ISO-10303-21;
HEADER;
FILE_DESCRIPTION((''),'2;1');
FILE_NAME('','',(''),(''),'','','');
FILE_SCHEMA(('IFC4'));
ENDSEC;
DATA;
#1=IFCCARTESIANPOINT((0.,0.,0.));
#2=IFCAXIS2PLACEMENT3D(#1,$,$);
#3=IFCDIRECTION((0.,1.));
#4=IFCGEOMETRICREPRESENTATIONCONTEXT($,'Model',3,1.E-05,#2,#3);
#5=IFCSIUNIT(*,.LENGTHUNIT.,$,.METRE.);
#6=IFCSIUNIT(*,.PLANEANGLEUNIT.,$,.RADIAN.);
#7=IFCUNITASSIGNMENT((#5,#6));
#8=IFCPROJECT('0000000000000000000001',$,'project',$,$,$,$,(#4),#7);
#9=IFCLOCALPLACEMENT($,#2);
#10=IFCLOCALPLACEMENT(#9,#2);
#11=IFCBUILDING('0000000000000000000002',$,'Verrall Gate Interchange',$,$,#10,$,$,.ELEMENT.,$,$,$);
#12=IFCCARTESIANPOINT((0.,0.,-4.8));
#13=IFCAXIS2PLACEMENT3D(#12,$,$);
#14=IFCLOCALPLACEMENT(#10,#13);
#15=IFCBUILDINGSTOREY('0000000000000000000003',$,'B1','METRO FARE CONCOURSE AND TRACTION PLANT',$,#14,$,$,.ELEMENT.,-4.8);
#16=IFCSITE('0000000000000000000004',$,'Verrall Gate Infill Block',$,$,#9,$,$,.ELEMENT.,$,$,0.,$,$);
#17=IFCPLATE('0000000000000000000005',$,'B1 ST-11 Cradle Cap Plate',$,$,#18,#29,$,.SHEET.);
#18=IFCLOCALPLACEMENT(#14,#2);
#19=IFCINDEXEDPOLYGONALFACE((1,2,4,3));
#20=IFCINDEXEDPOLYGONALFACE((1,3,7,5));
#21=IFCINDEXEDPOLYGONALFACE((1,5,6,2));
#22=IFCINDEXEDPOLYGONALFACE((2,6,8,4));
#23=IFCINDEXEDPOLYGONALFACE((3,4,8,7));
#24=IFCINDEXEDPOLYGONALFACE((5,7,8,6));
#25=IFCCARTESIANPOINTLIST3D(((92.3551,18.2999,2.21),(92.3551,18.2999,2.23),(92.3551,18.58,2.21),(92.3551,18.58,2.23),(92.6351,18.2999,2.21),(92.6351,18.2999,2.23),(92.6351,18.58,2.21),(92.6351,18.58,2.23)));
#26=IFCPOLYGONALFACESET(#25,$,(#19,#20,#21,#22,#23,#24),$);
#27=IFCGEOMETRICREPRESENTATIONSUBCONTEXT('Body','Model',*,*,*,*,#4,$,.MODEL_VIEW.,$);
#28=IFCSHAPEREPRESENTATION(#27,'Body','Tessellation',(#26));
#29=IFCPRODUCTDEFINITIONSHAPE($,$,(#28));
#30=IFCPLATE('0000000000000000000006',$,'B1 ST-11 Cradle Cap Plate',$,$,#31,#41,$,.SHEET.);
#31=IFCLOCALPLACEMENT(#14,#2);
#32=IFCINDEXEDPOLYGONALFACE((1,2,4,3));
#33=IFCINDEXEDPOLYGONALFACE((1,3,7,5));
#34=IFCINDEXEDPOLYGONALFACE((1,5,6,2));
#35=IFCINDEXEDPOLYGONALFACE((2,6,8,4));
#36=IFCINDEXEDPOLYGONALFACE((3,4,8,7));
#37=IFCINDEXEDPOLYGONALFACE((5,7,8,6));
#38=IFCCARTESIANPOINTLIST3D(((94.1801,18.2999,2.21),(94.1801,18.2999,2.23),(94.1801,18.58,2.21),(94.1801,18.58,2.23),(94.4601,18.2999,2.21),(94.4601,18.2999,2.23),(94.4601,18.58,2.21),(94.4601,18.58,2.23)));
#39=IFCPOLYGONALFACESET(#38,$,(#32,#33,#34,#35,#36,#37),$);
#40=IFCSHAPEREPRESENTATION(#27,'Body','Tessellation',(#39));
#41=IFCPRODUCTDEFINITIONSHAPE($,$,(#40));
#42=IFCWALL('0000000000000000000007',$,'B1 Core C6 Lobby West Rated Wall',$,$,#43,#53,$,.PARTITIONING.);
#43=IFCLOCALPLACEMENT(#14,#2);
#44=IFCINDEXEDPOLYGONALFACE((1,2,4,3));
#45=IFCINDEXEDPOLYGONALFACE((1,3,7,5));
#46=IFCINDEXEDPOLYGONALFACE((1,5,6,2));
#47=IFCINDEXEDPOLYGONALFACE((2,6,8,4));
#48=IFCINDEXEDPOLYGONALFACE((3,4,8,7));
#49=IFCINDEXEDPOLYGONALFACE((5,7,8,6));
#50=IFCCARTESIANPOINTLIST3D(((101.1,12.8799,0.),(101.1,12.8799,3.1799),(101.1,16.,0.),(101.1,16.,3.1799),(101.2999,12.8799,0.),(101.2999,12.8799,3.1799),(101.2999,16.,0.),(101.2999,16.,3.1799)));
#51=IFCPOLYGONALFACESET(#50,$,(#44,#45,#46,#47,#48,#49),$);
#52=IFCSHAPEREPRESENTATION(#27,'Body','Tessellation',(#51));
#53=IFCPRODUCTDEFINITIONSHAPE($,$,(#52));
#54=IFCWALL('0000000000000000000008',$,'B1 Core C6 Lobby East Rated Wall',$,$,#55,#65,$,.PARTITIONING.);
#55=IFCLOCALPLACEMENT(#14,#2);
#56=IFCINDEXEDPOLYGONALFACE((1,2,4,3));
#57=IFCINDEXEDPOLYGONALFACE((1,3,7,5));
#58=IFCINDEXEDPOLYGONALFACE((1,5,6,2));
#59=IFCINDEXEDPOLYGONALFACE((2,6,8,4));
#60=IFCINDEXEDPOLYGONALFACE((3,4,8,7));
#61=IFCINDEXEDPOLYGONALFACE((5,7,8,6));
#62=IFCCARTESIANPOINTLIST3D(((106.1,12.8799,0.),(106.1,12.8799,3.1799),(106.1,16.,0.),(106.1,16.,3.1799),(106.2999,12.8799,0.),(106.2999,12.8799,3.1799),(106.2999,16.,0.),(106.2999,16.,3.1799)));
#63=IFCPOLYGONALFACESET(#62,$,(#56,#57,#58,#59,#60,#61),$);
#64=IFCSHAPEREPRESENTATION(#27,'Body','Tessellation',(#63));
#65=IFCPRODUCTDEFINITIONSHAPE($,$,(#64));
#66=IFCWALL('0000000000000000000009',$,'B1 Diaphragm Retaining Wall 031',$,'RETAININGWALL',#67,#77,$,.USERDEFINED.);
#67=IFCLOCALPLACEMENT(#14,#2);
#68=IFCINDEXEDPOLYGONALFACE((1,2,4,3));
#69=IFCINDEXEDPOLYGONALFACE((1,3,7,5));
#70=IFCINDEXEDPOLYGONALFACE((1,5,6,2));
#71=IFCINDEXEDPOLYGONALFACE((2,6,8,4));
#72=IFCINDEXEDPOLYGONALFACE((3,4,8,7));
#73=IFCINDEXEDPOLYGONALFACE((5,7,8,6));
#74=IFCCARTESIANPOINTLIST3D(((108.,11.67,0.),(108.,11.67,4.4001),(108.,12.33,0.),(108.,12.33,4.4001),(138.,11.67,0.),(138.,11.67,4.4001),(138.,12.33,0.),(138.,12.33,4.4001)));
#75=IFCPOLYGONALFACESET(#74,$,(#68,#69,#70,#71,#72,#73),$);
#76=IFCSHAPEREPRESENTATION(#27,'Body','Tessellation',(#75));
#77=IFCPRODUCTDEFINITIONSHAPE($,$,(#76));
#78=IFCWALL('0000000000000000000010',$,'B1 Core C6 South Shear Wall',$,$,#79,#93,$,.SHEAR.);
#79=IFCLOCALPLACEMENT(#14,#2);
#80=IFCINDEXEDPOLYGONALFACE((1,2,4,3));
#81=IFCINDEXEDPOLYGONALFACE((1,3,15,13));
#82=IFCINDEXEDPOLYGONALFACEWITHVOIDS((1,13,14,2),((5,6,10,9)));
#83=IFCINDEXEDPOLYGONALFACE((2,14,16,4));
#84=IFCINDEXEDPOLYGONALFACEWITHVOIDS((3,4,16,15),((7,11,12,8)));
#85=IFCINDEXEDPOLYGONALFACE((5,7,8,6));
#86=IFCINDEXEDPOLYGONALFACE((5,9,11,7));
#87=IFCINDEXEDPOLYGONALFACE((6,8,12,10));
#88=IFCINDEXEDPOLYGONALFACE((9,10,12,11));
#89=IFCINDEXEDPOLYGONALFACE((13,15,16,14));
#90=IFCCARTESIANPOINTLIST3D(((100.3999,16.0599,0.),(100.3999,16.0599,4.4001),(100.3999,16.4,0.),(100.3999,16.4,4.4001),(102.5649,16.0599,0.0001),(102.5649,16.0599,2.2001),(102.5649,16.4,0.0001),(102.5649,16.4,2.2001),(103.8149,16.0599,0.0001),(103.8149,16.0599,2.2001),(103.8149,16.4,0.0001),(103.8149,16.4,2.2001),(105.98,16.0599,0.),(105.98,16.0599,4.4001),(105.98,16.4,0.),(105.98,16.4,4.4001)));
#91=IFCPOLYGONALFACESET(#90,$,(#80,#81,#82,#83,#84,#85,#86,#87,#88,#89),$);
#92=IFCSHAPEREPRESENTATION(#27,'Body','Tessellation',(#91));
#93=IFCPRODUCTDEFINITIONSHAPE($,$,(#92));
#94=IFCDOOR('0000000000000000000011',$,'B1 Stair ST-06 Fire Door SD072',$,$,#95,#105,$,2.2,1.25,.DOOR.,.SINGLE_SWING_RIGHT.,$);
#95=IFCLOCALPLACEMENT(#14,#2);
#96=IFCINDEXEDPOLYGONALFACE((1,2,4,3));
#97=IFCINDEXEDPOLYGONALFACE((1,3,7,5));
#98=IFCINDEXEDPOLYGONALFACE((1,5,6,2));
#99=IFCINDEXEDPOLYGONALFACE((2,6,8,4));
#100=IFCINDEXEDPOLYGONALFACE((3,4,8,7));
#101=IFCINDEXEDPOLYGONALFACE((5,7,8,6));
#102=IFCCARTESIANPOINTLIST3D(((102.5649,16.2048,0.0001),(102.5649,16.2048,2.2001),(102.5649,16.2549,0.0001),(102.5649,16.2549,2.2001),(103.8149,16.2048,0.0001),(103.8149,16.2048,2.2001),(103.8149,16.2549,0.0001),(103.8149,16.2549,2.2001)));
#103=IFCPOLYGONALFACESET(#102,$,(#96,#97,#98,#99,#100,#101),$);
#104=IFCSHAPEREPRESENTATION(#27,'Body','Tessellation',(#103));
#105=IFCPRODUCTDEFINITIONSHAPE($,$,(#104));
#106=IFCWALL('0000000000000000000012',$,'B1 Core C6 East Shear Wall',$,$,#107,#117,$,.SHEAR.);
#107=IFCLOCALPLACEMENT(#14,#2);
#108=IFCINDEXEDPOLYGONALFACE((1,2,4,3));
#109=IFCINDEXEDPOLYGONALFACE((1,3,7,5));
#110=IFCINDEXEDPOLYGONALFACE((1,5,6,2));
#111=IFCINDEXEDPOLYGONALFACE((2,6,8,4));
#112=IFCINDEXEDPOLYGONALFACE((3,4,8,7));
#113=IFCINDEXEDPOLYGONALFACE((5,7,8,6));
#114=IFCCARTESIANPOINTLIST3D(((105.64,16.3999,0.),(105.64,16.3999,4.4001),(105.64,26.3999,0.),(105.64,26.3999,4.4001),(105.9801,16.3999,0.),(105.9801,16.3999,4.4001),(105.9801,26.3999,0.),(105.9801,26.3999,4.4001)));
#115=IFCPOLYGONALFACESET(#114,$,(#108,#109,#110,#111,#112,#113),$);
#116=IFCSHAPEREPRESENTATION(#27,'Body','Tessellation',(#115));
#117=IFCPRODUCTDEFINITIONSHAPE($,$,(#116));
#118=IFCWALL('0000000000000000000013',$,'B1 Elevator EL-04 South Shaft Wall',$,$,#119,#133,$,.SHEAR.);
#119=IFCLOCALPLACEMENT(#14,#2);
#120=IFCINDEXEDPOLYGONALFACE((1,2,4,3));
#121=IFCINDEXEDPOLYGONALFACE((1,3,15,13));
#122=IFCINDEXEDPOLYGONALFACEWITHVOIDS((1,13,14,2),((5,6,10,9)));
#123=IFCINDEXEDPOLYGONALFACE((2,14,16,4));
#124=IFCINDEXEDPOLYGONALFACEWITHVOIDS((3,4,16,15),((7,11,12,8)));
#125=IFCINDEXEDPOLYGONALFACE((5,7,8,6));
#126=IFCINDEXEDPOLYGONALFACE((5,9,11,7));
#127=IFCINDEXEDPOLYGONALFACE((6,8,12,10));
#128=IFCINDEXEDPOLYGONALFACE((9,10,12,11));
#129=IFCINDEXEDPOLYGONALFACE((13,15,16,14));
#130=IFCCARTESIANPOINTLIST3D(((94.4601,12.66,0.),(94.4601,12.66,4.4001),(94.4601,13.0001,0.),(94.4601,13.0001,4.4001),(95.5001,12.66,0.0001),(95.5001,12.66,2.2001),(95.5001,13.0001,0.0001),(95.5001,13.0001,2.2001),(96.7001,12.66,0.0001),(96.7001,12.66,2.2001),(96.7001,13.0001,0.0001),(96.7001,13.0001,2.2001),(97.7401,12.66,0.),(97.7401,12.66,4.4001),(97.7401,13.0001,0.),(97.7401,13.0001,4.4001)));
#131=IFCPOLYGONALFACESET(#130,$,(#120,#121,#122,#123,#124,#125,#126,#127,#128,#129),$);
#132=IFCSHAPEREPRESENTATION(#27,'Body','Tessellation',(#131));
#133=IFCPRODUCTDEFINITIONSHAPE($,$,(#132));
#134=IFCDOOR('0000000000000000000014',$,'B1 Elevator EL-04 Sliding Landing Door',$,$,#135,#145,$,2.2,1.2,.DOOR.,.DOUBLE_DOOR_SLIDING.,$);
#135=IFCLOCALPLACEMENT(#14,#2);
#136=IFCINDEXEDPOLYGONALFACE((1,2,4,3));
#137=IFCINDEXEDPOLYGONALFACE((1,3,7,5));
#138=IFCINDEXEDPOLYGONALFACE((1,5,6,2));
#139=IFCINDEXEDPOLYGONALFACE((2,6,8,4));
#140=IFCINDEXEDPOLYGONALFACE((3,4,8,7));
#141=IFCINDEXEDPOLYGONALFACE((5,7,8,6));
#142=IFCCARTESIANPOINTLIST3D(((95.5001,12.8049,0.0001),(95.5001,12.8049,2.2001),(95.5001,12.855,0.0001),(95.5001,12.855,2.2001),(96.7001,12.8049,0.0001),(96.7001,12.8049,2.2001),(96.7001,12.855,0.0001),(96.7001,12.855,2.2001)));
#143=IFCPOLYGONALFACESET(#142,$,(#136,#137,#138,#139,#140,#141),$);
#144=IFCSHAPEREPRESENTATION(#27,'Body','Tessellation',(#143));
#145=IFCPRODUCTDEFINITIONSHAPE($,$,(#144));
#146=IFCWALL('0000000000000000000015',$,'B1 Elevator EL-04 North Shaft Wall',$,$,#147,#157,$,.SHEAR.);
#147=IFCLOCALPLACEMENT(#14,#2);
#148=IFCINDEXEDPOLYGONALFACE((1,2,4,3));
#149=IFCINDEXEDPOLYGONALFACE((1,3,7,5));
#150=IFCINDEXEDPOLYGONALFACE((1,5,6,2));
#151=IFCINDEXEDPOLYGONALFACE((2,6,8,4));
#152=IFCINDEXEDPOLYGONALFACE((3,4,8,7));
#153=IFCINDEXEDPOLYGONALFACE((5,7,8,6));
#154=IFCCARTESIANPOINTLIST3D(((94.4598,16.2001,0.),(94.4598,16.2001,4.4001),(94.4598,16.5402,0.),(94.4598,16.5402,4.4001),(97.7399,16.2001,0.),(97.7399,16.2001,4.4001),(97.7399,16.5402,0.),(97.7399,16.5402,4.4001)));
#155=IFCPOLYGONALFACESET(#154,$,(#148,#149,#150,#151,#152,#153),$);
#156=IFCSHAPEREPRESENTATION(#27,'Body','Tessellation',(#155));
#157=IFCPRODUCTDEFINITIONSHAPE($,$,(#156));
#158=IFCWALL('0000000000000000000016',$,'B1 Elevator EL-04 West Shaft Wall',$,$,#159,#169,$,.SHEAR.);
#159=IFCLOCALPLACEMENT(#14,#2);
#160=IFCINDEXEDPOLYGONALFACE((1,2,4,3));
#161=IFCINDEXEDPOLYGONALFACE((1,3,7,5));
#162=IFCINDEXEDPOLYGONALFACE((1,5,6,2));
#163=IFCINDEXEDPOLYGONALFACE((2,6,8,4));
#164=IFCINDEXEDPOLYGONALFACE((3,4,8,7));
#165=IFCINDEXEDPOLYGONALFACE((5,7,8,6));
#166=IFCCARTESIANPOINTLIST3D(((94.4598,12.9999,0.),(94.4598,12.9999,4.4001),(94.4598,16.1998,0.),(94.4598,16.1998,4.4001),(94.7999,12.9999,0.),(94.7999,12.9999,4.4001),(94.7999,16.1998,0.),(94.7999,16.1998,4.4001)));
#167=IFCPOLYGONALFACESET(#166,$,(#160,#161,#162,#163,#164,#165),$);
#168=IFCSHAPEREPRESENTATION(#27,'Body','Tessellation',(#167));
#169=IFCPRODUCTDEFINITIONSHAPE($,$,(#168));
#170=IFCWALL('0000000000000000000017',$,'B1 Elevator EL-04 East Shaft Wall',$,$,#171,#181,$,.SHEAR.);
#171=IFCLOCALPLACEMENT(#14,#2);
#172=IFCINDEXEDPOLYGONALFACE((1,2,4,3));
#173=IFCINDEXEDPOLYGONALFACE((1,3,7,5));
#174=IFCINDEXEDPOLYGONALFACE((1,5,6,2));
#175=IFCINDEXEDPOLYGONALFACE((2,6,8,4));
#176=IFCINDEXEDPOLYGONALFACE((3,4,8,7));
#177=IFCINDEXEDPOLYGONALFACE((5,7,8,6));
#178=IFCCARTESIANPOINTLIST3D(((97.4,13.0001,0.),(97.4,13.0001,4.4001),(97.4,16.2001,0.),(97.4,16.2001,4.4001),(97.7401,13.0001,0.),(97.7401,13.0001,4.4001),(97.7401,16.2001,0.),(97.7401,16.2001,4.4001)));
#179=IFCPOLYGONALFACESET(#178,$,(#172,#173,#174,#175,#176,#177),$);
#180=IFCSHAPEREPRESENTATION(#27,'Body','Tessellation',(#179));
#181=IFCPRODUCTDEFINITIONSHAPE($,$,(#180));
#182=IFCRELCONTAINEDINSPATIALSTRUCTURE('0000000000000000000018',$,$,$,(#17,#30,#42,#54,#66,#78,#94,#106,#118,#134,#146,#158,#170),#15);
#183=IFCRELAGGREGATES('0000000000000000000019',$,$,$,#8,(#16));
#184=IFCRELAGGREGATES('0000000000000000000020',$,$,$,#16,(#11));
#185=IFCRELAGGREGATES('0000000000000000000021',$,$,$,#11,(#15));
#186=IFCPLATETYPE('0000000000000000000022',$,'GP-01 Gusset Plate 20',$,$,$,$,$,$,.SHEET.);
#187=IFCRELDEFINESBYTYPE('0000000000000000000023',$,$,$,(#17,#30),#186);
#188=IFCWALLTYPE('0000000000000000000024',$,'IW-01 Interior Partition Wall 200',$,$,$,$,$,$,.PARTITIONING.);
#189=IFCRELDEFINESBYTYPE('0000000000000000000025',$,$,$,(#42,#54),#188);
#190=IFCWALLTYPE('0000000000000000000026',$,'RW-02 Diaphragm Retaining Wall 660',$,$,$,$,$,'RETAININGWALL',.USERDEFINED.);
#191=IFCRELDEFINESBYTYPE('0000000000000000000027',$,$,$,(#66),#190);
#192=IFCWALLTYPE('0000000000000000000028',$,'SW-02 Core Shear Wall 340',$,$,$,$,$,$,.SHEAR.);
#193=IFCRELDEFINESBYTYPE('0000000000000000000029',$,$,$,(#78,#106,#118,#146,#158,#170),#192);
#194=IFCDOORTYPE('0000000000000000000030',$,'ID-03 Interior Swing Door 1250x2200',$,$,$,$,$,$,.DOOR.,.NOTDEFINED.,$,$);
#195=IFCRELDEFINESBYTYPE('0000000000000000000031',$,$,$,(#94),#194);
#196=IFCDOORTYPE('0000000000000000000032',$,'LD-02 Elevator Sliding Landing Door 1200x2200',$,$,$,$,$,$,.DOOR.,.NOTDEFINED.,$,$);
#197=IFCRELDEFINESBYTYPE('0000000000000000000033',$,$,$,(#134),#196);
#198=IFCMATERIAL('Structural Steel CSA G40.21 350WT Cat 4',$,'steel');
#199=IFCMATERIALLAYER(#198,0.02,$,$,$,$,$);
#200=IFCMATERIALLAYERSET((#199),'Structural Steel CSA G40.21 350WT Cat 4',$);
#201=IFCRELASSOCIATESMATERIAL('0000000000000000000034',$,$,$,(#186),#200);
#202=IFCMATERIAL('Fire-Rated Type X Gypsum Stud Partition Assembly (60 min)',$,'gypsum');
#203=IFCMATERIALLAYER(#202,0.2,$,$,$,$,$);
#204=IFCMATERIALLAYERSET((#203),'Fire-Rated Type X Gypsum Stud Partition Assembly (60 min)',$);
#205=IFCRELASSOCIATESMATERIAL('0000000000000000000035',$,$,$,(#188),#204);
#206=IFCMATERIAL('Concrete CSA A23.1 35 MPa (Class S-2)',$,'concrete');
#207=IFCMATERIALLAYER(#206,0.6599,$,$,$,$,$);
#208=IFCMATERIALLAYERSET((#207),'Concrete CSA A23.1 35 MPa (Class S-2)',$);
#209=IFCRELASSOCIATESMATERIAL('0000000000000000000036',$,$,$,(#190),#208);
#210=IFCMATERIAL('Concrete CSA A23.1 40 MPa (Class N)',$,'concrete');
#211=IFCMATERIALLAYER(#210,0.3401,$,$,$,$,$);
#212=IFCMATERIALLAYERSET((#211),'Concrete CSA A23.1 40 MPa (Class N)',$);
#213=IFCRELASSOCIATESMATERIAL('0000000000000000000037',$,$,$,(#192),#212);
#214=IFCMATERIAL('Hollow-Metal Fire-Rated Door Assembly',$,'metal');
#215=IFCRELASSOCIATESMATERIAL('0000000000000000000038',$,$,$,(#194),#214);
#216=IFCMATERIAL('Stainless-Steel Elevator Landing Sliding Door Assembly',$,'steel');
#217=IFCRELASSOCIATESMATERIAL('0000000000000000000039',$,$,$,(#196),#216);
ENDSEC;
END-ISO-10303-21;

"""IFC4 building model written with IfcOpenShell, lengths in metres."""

from ifc_helpers import new_model, si_unit, direction, frame, frame_2d, origin, origin_2d, place, context, subcontext, project, spatial, rectangle, extrude, material, layer, layer_set, type_object, element, fill, save


model = new_model("IFC4")

# Units and contexts
model_context = context("Model", 3, precision=1e-05, world=origin(), true_north=direction((0.0, 1.0)))
body_context = subcontext(model_context, "Body", "Model", "MODEL_VIEW")
ifc_project = project(units=[si_unit("LENGTHUNIT", "METRE"), si_unit("PLANEANGLEUNIT", "RADIAN")], contexts=[model_context])

# Site, building, storey
site_placement = place(None, origin())
site = spatial("IfcSite", under=ifc_project, at=site_placement, Name="Verrall Gate Infill Block", CompositionType="ELEMENT", RefElevation=0.0)
building_placement = place(site_placement, origin())
building = spatial("IfcBuilding", under=site, at=building_placement, Name="Verrall Gate Interchange", CompositionType="ELEMENT")
storey_placement = place(building_placement, frame((0.0, 0.0, -4.8)))
storey = spatial("IfcBuildingStorey", under=building, at=storey_placement, Name="B1", Description="METRO FARE CONCOURSE AND TRACTION PLANT", CompositionType="ELEMENT", Elevation=-4.8)

# Plates
ifc_material_1 = material(Name="Structural Steel CSA G40.21 350WT Cat 4", Category="steel")
ifc_layer_1 = layer(ifc_material_1, 0.02)
ifc_layer_set_1 = layer_set([ifc_layer_1], Name="Structural Steel CSA G40.21 350WT Cat 4")
plate_type = type_object("IfcPlateType", Name="GP-01 Gusset Plate 20", PredefinedType="SHEET", material=ifc_layer_set_1)
for number, where, z_axis, x_axis, name in (
    (1, (92.4951, 18.4399, 2.21), (0.0, 0.0, 1.0), (1.0, 0.0, 0.0), "B1 ST-11 Cradle Cap Plate"),
    (2, (94.3201, 18.4399, 2.21), (0.0, 0.0, 1.0), (1.0, 0.0, 0.0), "B1 ST-11 Cradle Cap Plate"),
):
    element("IfcPlate", number, at=place(storey_placement, frame(where, z_axis=z_axis, x_axis=x_axis)), inside=storey, type_object=plate_type, Name=name, PredefinedType="SHEET", context=body_context, shape_type="SweptSolid", body=[
        extrude(rectangle(XDim=0.28, YDim=0.28, at=origin_2d()), origin(), (0.0, 0.0, 1.0), 0.02),
    ])

# Shared definitions
ifc_material_2 = material(Name="Fire-Rated Type X Gypsum Stud Partition Assembly (60 min)", Category="gypsum")
ifc_layer_2 = layer(ifc_material_2, 0.2)
ifc_layer_set_2 = layer_set([ifc_layer_2], Name="Fire-Rated Type X Gypsum Stud Partition Assembly (60 min)")
wall_type_1 = type_object("IfcWallType", Name="IW-01 Interior Partition Wall 200", PredefinedType="PARTITIONING", material=ifc_layer_set_2)

# Walls
for number, where, z_axis, x_axis, name in (
    (3, (101.2, 16.0, 0.0), (0.0, 0.0, 1.0), (0.0, -1.0, 0.0), "B1 Core C6 Lobby West Rated Wall"),
    (4, (106.2, 12.8799, 0.0), (0.0, 0.0, 1.0), (0.0, 1.0, 0.0), "B1 Core C6 Lobby East Rated Wall"),
):
    element("IfcWall", number, at=place(storey_placement, frame(where, z_axis=z_axis, x_axis=x_axis)), inside=storey, type_object=wall_type_1, Name=name, PredefinedType="PARTITIONING", context=body_context, shape_type="SweptSolid", body=[
        extrude(rectangle(XDim=3.1201, YDim=0.2, at=frame_2d((1.5601, 0.0))), origin(), (0.0, 0.0, 1.0), 3.1799),
    ])
ifc_material_3 = material(Name="Concrete CSA A23.1 35 MPa (Class S-2)", Category="concrete")
ifc_layer_3 = layer(ifc_material_3, 0.6599)
ifc_layer_set_3 = layer_set([ifc_layer_3], Name="Concrete CSA A23.1 35 MPa (Class S-2)")
wall_type_2 = type_object("IfcWallType", Name="RW-02 Diaphragm Retaining Wall 660", ElementType="RETAININGWALL", PredefinedType="USERDEFINED", material=ifc_layer_set_3)
wall_1_placement = place(storey_placement, frame((108.0, 12.0, 0.0), z_axis=(0.0, 0.0, 1.0), x_axis=(1.0, 0.0, 0.0)))
element("IfcWall", 5, at=wall_1_placement, inside=storey, type_object=wall_type_2, Name="B1 Diaphragm Retaining Wall 031", ObjectType="RETAININGWALL", PredefinedType="USERDEFINED", context=body_context, shape_type="SweptSolid", body=[
    extrude(rectangle(XDim=30.0, YDim=0.6599, at=frame_2d((15.0, 0.0))), origin(), (0.0, 0.0, 1.0), 4.4001),
])

# Wall, opening, door
ifc_material_4 = material(Name="Concrete CSA A23.1 40 MPa (Class N)", Category="concrete")
ifc_layer_4 = layer(ifc_material_4, 0.3401)
ifc_layer_set_4 = layer_set([ifc_layer_4], Name="Concrete CSA A23.1 40 MPa (Class N)")
wall_type_3 = type_object("IfcWallType", Name="SW-02 Core Shear Wall 340", PredefinedType="SHEAR", material=ifc_layer_set_4)
wall_2_placement = place(storey_placement, frame((100.3999, 16.23, 0.0), z_axis=(0.0, 0.0, 1.0), x_axis=(1.0, 0.0, 0.0)))
wall_2 = element("IfcWall", 6, at=wall_2_placement, inside=storey, type_object=wall_type_3, Name="B1 Core C6 South Shear Wall", PredefinedType="SHEAR", context=body_context, shape_type="SweptSolid", body=[
    extrude(rectangle(XDim=5.5801, YDim=0.3401, at=frame_2d((2.79, 0.0))), origin(), (0.0, 0.0, 1.0), 4.4001),
])
opening_1_placement = place(wall_2_placement, frame((2.165, 0.0, 0.0)))
opening_1 = element("IfcOpeningElement", 7, at=opening_1_placement, cuts=wall_2, PredefinedType="OPENING", context=body_context, shape_type="SweptSolid", body=[
    extrude(rectangle(XDim=1.25, YDim=2.2, at=frame_2d((0.625, 1.1001))), frame((0.0, 0.1851, 0.0), z_axis=(0.0, -1.0, 0.0), x_axis=(1.0, 0.0, 0.0)), (0.0, 0.0, 1.0), 0.3699),
])
ifc_material_5 = material(Name="Hollow-Metal Fire-Rated Door Assembly", Category="metal")
door_type_1 = type_object("IfcDoorType", Name="ID-03 Interior Swing Door 1250x2200", OperationType="NOTDEFINED", PredefinedType="DOOR", material=ifc_material_5)
door_1_placement = place(opening_1_placement, origin())
door_1 = element("IfcDoor", 8, at=door_1_placement, inside=storey, type_object=door_type_1, Name="B1 Stair ST-06 Fire Door SD072", OperationType="SINGLE_SWING_RIGHT", OverallHeight=2.2, OverallWidth=1.25, PredefinedType="DOOR", context=body_context, shape_type="SweptSolid", body=[
    extrude(rectangle(XDim=1.25, YDim=2.2, at=frame_2d((0.625, 1.1001))), frame((0.0, 0.0249, 0.0), z_axis=(0.0, -1.0, 0.0), x_axis=(1.0, 0.0, 0.0)), (0.0, 0.0, 1.0), 0.05),
])
fill(opening_1, door_1)

# Wall
wall_3_placement = place(storey_placement, frame((105.8101, 16.3999, 0.0), z_axis=(0.0, 0.0, 1.0), x_axis=(0.0, 1.0, 0.0)))
element("IfcWall", 9, at=wall_3_placement, inside=storey, type_object=wall_type_3, Name="B1 Core C6 East Shear Wall", PredefinedType="SHEAR", context=body_context, shape_type="SweptSolid", body=[
    extrude(rectangle(XDim=10.0, YDim=0.3401, at=frame_2d((5.0, 0.0))), origin(), (0.0, 0.0, 1.0), 4.4001),
])

# Wall, opening, door
wall_4_placement = place(storey_placement, frame((94.46, 12.8301, 0.0), z_axis=(0.0, 0.0, 1.0), x_axis=(1.0, 0.0, 0.0)))
wall_4 = element("IfcWall", 10, at=wall_4_placement, inside=storey, type_object=wall_type_3, Name="B1 Elevator EL-04 South Shaft Wall", PredefinedType="SHEAR", context=body_context, shape_type="SweptSolid", body=[
    extrude(rectangle(XDim=3.28, YDim=0.3401, at=frame_2d((1.6401, 0.0))), origin(), (0.0, 0.0, 1.0), 4.4001),
])
opening_2_placement = place(wall_4_placement, frame((1.04, 0.0, 0.0)))
opening_2 = element("IfcOpeningElement", 11, at=opening_2_placement, cuts=wall_4, PredefinedType="OPENING", context=body_context, shape_type="SweptSolid", body=[
    extrude(rectangle(XDim=1.2, YDim=2.2, at=frame_2d((0.6001, 1.1001))), frame((0.0, 0.1851, 0.0), z_axis=(0.0, -1.0, 0.0), x_axis=(1.0, 0.0, 0.0)), (0.0, 0.0, 1.0), 0.3699),
])
ifc_material_6 = material(Name="Stainless-Steel Elevator Landing Sliding Door Assembly", Category="steel")
door_type_2 = type_object("IfcDoorType", Name="LD-02 Elevator Sliding Landing Door 1200x2200", OperationType="NOTDEFINED", PredefinedType="DOOR", material=ifc_material_6)
door_2_placement = place(opening_2_placement, origin())
door_2 = element("IfcDoor", 12, at=door_2_placement, inside=storey, type_object=door_type_2, Name="B1 Elevator EL-04 Sliding Landing Door", OperationType="DOUBLE_DOOR_SLIDING", OverallHeight=2.2, OverallWidth=1.2, PredefinedType="DOOR", context=body_context, shape_type="SweptSolid", body=[
    extrude(rectangle(XDim=1.2, YDim=2.2, at=frame_2d((0.6001, 1.1001))), frame((0.0, 0.0249, 0.0), z_axis=(0.0, -1.0, 0.0), x_axis=(1.0, 0.0, 0.0)), (0.0, 0.0, 1.0), 0.05),
])
fill(opening_2, door_2)

# Walls
wall_5_placement = place(storey_placement, frame((97.74, 16.3701, 0.0), z_axis=(0.0, 0.0, 1.0), x_axis=(-1.0, 0.0, 0.0)))
element("IfcWall", 13, at=wall_5_placement, inside=storey, type_object=wall_type_3, Name="B1 Elevator EL-04 North Shaft Wall", PredefinedType="SHEAR", context=body_context, shape_type="SweptSolid", body=[
    extrude(rectangle(XDim=3.28, YDim=0.3401, at=frame_2d((1.6401, 0.0))), origin(), (0.0, 0.0, 1.0), 4.4001),
])
for number, where, z_axis, x_axis, name in (
    (14, (94.6299, 16.2, 0.0), (0.0, 0.0, 1.0), (0.0, -1.0, 0.0), "B1 Elevator EL-04 West Shaft Wall"),
    (15, (97.5701, 13.0, 0.0), (0.0, 0.0, 1.0), (0.0, 1.0, 0.0), "B1 Elevator EL-04 East Shaft Wall"),
):
    element("IfcWall", number, at=place(storey_placement, frame(where, z_axis=z_axis, x_axis=x_axis)), inside=storey, type_object=wall_type_3, Name=name, PredefinedType="SHEAR", context=body_context, shape_type="SweptSolid", body=[
        extrude(rectangle(XDim=3.2, YDim=0.3401, at=frame_2d((1.6001, 0.0))), origin(), (0.0, 0.0, 1.0), 4.4001),
    ])

save(model, "model.ifc")
